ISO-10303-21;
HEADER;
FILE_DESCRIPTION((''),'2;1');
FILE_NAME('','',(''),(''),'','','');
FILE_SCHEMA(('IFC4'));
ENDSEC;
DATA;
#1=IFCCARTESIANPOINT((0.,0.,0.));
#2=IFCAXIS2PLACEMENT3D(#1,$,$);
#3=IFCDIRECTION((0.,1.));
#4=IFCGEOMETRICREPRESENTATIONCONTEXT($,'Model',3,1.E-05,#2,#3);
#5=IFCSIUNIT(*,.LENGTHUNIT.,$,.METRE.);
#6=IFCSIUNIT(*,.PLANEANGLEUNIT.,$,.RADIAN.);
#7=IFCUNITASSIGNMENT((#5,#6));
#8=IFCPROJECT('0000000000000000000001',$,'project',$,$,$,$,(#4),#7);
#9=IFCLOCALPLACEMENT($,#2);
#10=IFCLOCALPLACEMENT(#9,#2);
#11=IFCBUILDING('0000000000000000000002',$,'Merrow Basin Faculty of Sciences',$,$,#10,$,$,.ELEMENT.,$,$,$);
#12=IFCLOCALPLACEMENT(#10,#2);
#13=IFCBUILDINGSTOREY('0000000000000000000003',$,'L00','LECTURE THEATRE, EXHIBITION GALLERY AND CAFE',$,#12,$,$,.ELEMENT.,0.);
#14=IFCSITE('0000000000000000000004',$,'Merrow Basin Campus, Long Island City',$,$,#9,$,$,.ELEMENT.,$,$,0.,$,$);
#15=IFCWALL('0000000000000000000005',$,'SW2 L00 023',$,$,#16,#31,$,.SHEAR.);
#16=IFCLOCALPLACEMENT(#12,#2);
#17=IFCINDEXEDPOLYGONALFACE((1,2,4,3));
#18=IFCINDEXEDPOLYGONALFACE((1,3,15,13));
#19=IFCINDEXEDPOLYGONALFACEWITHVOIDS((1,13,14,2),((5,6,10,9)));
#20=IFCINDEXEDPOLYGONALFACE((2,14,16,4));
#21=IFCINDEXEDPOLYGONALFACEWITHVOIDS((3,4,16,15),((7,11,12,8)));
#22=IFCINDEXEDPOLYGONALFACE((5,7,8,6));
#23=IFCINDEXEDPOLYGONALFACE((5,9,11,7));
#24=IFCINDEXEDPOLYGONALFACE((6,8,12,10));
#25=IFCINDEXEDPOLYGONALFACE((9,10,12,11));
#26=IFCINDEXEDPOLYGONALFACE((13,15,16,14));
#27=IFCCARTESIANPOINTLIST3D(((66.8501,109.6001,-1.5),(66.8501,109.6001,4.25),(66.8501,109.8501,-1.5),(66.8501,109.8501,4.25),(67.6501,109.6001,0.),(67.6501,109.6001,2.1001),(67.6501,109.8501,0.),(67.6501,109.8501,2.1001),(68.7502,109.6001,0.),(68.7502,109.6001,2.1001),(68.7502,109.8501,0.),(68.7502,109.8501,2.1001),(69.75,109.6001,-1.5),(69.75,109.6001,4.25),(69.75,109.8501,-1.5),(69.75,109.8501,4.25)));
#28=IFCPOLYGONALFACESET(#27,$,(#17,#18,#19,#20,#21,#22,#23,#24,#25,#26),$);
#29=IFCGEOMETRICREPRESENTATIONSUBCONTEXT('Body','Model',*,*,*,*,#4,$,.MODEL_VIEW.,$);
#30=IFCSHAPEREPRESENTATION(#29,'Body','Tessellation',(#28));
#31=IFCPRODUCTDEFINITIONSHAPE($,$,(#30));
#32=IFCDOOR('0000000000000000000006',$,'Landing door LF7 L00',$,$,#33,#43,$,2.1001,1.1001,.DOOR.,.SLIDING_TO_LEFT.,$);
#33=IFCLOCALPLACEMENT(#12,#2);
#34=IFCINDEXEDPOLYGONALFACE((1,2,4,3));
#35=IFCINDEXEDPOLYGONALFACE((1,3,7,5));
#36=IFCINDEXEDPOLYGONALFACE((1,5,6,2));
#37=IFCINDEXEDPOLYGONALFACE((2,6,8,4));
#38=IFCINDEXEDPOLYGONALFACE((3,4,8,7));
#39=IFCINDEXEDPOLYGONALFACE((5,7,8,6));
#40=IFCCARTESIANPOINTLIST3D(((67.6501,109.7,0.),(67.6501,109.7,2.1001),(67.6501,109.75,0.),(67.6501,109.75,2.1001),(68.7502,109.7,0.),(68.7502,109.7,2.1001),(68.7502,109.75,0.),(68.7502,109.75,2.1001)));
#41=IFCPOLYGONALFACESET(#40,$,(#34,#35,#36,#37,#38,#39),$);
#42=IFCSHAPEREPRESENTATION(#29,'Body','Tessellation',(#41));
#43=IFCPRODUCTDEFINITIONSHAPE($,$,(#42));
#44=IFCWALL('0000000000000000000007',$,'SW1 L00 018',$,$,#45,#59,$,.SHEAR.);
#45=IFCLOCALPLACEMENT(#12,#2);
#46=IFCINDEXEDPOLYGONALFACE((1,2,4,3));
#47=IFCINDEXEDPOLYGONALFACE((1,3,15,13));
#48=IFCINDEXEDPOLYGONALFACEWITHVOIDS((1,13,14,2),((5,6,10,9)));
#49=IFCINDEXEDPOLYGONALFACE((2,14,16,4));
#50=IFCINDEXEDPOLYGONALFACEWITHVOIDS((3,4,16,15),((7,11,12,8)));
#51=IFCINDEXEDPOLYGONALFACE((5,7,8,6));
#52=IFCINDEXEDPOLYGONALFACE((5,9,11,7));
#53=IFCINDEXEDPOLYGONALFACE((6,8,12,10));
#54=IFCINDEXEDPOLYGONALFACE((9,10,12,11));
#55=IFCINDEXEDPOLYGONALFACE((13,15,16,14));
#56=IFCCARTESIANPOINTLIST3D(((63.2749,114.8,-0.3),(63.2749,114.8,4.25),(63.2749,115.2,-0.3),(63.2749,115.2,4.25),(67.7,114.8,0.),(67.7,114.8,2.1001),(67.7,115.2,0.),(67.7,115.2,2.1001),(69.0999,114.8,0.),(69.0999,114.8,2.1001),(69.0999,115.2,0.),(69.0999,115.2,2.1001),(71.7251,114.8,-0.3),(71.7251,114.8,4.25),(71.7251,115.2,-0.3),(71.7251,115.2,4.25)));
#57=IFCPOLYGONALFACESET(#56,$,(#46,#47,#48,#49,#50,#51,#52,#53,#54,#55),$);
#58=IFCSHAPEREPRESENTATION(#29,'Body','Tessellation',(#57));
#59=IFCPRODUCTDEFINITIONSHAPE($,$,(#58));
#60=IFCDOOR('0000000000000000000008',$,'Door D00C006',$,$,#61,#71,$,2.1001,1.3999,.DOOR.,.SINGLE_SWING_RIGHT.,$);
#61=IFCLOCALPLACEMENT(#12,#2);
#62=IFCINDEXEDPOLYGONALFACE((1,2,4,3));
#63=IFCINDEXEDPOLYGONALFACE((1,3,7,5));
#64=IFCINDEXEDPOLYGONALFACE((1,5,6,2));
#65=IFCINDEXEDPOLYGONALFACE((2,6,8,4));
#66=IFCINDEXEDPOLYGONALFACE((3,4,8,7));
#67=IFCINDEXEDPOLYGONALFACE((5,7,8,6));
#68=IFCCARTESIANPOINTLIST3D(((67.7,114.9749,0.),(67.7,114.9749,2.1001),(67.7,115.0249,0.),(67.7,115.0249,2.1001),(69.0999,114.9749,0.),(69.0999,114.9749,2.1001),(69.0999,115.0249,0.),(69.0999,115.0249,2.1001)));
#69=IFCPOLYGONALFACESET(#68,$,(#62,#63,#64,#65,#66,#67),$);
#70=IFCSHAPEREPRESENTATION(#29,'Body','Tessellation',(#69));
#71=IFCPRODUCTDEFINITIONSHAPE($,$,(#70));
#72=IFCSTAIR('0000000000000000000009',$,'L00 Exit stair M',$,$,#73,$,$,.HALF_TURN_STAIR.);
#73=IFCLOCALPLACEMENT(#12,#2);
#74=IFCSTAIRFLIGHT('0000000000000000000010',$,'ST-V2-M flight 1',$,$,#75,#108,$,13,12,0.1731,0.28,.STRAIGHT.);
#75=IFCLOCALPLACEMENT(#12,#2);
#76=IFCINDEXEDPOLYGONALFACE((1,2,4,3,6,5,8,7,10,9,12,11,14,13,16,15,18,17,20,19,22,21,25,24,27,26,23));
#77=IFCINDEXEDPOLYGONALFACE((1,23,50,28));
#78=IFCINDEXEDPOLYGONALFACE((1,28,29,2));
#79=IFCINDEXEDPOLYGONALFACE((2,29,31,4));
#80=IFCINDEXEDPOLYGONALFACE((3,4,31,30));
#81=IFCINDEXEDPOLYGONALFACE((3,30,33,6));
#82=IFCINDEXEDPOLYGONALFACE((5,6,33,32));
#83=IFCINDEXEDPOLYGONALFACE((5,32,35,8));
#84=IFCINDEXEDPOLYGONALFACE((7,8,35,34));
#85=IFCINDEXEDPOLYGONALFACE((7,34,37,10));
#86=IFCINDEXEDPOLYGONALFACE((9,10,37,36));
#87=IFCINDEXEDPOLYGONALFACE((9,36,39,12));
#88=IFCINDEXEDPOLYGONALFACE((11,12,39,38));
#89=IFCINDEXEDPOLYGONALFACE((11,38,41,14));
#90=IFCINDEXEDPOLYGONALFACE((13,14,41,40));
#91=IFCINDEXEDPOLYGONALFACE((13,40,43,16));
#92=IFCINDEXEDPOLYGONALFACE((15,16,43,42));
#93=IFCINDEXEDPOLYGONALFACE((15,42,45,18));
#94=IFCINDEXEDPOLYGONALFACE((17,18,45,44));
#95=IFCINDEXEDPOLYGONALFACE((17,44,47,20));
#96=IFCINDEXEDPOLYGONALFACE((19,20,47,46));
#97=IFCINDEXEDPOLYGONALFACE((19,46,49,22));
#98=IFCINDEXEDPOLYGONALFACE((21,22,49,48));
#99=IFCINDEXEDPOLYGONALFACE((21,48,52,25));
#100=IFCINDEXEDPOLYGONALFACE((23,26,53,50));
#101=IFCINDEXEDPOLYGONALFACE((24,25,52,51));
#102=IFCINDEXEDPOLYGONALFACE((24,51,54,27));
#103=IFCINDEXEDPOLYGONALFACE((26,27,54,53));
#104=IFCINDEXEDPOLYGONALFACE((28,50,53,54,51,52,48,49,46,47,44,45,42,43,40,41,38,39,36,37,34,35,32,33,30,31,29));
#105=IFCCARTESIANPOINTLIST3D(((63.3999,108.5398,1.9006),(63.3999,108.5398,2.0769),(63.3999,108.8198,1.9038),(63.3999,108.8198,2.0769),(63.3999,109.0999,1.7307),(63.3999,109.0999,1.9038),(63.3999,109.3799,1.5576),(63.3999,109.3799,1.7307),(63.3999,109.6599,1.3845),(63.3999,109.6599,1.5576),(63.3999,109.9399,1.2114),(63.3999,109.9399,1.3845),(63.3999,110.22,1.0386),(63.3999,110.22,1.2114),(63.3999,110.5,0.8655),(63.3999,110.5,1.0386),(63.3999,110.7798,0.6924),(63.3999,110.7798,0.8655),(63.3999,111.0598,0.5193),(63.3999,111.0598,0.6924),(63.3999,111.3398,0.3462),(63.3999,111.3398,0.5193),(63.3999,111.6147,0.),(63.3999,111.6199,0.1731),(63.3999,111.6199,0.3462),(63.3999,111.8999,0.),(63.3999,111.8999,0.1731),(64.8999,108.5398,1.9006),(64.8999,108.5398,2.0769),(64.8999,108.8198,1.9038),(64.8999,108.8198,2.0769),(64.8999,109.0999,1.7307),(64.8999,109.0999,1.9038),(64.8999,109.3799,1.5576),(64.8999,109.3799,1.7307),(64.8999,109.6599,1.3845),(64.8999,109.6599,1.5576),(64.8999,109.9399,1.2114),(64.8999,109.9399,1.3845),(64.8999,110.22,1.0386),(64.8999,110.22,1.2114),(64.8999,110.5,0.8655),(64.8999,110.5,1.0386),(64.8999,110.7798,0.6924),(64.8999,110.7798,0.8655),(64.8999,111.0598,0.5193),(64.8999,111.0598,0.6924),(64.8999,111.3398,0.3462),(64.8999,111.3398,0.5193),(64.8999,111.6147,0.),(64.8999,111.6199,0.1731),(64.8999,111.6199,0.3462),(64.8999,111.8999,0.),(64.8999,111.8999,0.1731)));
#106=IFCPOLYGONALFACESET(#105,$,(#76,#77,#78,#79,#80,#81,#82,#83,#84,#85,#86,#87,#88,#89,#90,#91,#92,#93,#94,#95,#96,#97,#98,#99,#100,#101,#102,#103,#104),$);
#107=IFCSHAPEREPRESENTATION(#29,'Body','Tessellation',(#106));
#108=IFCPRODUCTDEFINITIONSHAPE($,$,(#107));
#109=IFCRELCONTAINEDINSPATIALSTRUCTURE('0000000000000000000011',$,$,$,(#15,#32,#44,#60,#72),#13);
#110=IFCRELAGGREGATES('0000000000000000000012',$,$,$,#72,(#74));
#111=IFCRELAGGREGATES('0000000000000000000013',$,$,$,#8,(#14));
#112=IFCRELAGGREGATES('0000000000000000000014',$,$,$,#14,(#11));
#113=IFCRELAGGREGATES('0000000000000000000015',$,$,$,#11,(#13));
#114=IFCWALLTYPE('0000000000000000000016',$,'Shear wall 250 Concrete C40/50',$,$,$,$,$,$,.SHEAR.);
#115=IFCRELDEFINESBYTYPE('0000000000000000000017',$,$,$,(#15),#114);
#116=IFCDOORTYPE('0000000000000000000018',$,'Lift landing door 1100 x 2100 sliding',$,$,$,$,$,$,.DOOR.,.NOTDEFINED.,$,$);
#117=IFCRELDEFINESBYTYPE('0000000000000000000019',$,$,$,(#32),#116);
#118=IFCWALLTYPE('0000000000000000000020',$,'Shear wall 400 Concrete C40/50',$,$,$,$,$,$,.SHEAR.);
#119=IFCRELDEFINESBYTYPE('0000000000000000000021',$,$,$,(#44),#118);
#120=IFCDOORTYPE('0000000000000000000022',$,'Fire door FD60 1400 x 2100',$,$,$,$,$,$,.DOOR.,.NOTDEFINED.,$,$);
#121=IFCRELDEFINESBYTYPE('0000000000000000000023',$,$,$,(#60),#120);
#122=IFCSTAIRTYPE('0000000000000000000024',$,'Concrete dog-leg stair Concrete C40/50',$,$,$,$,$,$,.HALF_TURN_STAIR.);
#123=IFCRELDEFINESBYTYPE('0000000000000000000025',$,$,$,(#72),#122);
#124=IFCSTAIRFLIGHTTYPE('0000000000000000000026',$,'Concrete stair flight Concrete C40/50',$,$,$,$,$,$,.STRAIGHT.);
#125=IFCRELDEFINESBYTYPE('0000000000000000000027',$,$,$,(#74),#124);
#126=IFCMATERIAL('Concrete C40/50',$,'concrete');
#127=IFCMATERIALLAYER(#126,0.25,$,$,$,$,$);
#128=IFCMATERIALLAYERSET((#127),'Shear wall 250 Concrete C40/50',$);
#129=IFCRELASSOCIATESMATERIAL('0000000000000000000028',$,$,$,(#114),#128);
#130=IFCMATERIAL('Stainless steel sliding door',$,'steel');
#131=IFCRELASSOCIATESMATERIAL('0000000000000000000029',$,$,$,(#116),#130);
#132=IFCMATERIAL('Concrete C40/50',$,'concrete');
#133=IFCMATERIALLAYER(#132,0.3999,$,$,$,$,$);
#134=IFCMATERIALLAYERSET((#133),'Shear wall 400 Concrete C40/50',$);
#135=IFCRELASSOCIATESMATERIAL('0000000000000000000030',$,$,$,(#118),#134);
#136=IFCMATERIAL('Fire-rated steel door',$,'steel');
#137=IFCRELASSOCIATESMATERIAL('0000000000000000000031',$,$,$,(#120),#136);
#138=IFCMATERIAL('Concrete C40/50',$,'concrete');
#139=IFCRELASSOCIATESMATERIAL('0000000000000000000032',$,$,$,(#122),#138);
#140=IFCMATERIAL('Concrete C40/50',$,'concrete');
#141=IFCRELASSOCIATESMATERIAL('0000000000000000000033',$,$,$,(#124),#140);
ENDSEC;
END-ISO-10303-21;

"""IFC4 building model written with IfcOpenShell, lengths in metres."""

from ifc_helpers import new_model, si_unit, direction, frame, frame_2d, origin, place, context, subcontext, project, spatial, polyline, rectangle, outline, extrude, material, layer, layer_set, type_object, element, fill, aggregate, save


model = new_model("IFC4")

# Units and contexts
model_context = context("Model", 3, precision=1e-05, world=origin(), true_north=direction((0.0, 1.0)))
body_context = subcontext(model_context, "Body", "Model", "MODEL_VIEW")
ifc_project = project(units=[si_unit("LENGTHUNIT", "METRE"), si_unit("PLANEANGLEUNIT", "RADIAN")], contexts=[model_context])

# Site, building, storey
site_placement = place(None, origin())
site = spatial("IfcSite", under=ifc_project, at=site_placement, Name="Merrow Basin Campus, Long Island City", CompositionType="ELEMENT", RefElevation=0.0)
building_placement = place(site_placement, origin())
building = spatial("IfcBuilding", under=site, at=building_placement, Name="Merrow Basin Faculty of Sciences", CompositionType="ELEMENT")
storey_placement = place(building_placement, origin())
storey = spatial("IfcBuildingStorey", under=building, at=storey_placement, Name="L00", Description="LECTURE THEATRE, EXHIBITION GALLERY AND CAFE", CompositionType="ELEMENT", Elevation=0.0)

# Shared definitions
ifc_material_1 = material(Name="Concrete C40/50", Category="concrete")
ifc_layer_1 = layer(ifc_material_1, 0.25)
ifc_layer_set_1 = layer_set([ifc_layer_1], Name="Shear wall 250 Concrete C40/50")
wall_type_1 = type_object("IfcWallType", Name="Shear wall 250 Concrete C40/50", PredefinedType="SHEAR", material=ifc_layer_set_1)

# Walls, openings, doors
wall_1_placement = place(storey_placement, frame((66.8501, 109.7251, -1.5), z_axis=(0.0, 0.0, 1.0), x_axis=(1.0, 0.0, 0.0)))
wall_1 = element("IfcWall", 1, at=wall_1_placement, inside=storey, type_object=wall_type_1, Name="SW2 L00 023", PredefinedType="SHEAR", context=body_context, shape_type="SweptSolid", body=[
    extrude(rectangle(XDim=2.8999, YDim=0.25, at=frame_2d((1.45, 0.0))), origin(), (0.0, 0.0, 1.0), 5.75),
])
opening_1_placement = place(wall_1_placement, frame((0.8, 0.0, 1.5)))
opening_1 = element("IfcOpeningElement", 2, at=opening_1_placement, cuts=wall_1, PredefinedType="OPENING", context=body_context, shape_type="SweptSolid", body=[
    extrude(rectangle(XDim=1.1001, YDim=2.1001, at=frame_2d((0.55, 1.05))), frame((0.0, 0.135, 0.0), z_axis=(0.0, -1.0, 0.0), x_axis=(1.0, 0.0, 0.0)), (0.0, 0.0, 1.0), 0.27),
])
ifc_material_2 = material(Name="Stainless steel sliding door", Category="steel")
door_type_1 = type_object("IfcDoorType", Name="Lift landing door 1100 x 2100 sliding", OperationType="NOTDEFINED", PredefinedType="DOOR", material=ifc_material_2)
door_1_placement = place(opening_1_placement, origin())
door_1 = element("IfcDoor", 3, at=door_1_placement, inside=storey, type_object=door_type_1, Name="Landing door LF7 L00", OperationType="SLIDING_TO_LEFT", OverallHeight=2.1001, OverallWidth=1.1001, PredefinedType="DOOR", context=body_context, shape_type="SweptSolid", body=[
    extrude(rectangle(XDim=1.1001, YDim=2.1001, at=frame_2d((0.55, 1.05))), frame((0.0, 0.0249, 0.0), z_axis=(0.0, -1.0, 0.0), x_axis=(1.0, 0.0, 0.0)), (0.0, 0.0, 1.0), 0.05),
])
fill(opening_1, door_1)
ifc_material_3 = material(Name="Concrete C40/50", Category="concrete")
ifc_layer_2 = layer(ifc_material_3, 0.3999)
ifc_layer_set_2 = layer_set([ifc_layer_2], Name="Shear wall 400 Concrete C40/50")
wall_type_2 = type_object("IfcWallType", Name="Shear wall 400 Concrete C40/50", PredefinedType="SHEAR", material=ifc_layer_set_2)
wall_2_placement = place(storey_placement, frame((63.2749, 115.0, -0.3), z_axis=(0.0, 0.0, 1.0), x_axis=(1.0, 0.0, 0.0)))
wall_2 = element("IfcWall", 4, at=wall_2_placement, inside=storey, type_object=wall_type_2, Name="SW1 L00 018", PredefinedType="SHEAR", context=body_context, shape_type="SweptSolid", body=[
    extrude(rectangle(XDim=8.4502, YDim=0.3999, at=frame_2d((4.2251, 0.0))), origin(), (0.0, 0.0, 1.0), 4.55),
])
opening_2_placement = place(wall_2_placement, frame((4.425, 0.0, 0.3)))
opening_2 = element("IfcOpeningElement", 5, at=opening_2_placement, cuts=wall_2, PredefinedType="OPENING", context=body_context, shape_type="SweptSolid", body=[
    extrude(rectangle(XDim=1.3999, YDim=2.1001, at=frame_2d((0.7, 1.05))), frame((0.0, 0.21, 0.0), z_axis=(0.0, -1.0, 0.0), x_axis=(1.0, 0.0, 0.0)), (0.0, 0.0, 1.0), 0.4199),
])
ifc_material_4 = material(Name="Fire-rated steel door", Category="steel")
door_type_2 = type_object("IfcDoorType", Name="Fire door FD60 1400 x 2100", OperationType="NOTDEFINED", PredefinedType="DOOR", material=ifc_material_4)
door_2_placement = place(opening_2_placement, origin())
door_2 = element("IfcDoor", 6, at=door_2_placement, inside=storey, type_object=door_type_2, Name="Door D00C006", OperationType="SINGLE_SWING_RIGHT", OverallHeight=2.1001, OverallWidth=1.3999, PredefinedType="DOOR", context=body_context, shape_type="SweptSolid", body=[
    extrude(rectangle(XDim=1.3999, YDim=2.1001, at=frame_2d((0.7, 1.05))), frame((0.0, 0.0249, 0.0), z_axis=(0.0, -1.0, 0.0), x_axis=(1.0, 0.0, 0.0)), (0.0, 0.0, 1.0), 0.05),
])
fill(opening_2, door_2)

# Stair, stair flight
ifc_material_5 = material(Name="Concrete C40/50", Category="concrete")
stair_type = type_object("IfcStairType", Name="Concrete dog-leg stair Concrete C40/50", PredefinedType="HALF_TURN_STAIR", material=ifc_material_5)
stair_placement = place(storey_placement, origin())
stair = element("IfcStair", 7, at=stair_placement, inside=storey, type_object=stair_type, Name="L00 Exit stair M", PredefinedType="HALF_TURN_STAIR")
ifc_material_6 = material(Name="Concrete C40/50", Category="concrete")
stair_flight_type = type_object("IfcStairFlightType", Name="Concrete stair flight Concrete C40/50", PredefinedType="STRAIGHT", material=ifc_material_6)
stair_flight_placement = place(storey_placement, frame((64.1499, 111.8999, 0.0), z_axis=(0.0, 0.0, 1.0), x_axis=(0.0, -1.0, 0.0)))
stair_flight = element("IfcStairFlight", 8, at=stair_flight_placement, type_object=stair_flight_type, Name="ST-V2-M flight 1", NumberOfRisers=13, NumberOfTreads=12, PredefinedType="STRAIGHT", RiserHeight=0.1731, TreadLength=0.28, context=body_context, shape_type="SweptSolid", body=[
    extrude(outline(polyline([(0.0, 0.0), (0.0, 0.1731), (0.28, 0.1731), (0.28, 0.3462), (0.5601, 0.3462), (0.5601, 0.5193), (0.8401, 0.5193), (0.8401, 0.6924), (1.1201, 0.6924), (1.1201, 0.8655), (1.3999, 0.8655), (1.3999, 1.0386), (1.6799, 1.0386), (1.6799, 1.2114), (1.96, 1.2114), (1.96, 1.3845), (2.24, 1.3845), (2.24, 1.5576), (2.52, 1.5576), (2.52, 1.7307), (2.8, 1.7307), (2.8, 1.9038), (3.0801, 1.9038), (3.0801, 2.0769), (3.3601, 2.0769), (3.3601, 2.25), (3.3601, 1.9006), (0.2852, 0.0), (0.0, 0.0)])), frame((0.0, 0.75, 0.0), z_axis=(0.0, -1.0, 0.0), x_axis=(1.0, 0.0, 0.0)), (0.0, 0.0, 1.0), 1.5),
])
aggregate(stair, [stair_flight])

save(model, "model.ifc")
